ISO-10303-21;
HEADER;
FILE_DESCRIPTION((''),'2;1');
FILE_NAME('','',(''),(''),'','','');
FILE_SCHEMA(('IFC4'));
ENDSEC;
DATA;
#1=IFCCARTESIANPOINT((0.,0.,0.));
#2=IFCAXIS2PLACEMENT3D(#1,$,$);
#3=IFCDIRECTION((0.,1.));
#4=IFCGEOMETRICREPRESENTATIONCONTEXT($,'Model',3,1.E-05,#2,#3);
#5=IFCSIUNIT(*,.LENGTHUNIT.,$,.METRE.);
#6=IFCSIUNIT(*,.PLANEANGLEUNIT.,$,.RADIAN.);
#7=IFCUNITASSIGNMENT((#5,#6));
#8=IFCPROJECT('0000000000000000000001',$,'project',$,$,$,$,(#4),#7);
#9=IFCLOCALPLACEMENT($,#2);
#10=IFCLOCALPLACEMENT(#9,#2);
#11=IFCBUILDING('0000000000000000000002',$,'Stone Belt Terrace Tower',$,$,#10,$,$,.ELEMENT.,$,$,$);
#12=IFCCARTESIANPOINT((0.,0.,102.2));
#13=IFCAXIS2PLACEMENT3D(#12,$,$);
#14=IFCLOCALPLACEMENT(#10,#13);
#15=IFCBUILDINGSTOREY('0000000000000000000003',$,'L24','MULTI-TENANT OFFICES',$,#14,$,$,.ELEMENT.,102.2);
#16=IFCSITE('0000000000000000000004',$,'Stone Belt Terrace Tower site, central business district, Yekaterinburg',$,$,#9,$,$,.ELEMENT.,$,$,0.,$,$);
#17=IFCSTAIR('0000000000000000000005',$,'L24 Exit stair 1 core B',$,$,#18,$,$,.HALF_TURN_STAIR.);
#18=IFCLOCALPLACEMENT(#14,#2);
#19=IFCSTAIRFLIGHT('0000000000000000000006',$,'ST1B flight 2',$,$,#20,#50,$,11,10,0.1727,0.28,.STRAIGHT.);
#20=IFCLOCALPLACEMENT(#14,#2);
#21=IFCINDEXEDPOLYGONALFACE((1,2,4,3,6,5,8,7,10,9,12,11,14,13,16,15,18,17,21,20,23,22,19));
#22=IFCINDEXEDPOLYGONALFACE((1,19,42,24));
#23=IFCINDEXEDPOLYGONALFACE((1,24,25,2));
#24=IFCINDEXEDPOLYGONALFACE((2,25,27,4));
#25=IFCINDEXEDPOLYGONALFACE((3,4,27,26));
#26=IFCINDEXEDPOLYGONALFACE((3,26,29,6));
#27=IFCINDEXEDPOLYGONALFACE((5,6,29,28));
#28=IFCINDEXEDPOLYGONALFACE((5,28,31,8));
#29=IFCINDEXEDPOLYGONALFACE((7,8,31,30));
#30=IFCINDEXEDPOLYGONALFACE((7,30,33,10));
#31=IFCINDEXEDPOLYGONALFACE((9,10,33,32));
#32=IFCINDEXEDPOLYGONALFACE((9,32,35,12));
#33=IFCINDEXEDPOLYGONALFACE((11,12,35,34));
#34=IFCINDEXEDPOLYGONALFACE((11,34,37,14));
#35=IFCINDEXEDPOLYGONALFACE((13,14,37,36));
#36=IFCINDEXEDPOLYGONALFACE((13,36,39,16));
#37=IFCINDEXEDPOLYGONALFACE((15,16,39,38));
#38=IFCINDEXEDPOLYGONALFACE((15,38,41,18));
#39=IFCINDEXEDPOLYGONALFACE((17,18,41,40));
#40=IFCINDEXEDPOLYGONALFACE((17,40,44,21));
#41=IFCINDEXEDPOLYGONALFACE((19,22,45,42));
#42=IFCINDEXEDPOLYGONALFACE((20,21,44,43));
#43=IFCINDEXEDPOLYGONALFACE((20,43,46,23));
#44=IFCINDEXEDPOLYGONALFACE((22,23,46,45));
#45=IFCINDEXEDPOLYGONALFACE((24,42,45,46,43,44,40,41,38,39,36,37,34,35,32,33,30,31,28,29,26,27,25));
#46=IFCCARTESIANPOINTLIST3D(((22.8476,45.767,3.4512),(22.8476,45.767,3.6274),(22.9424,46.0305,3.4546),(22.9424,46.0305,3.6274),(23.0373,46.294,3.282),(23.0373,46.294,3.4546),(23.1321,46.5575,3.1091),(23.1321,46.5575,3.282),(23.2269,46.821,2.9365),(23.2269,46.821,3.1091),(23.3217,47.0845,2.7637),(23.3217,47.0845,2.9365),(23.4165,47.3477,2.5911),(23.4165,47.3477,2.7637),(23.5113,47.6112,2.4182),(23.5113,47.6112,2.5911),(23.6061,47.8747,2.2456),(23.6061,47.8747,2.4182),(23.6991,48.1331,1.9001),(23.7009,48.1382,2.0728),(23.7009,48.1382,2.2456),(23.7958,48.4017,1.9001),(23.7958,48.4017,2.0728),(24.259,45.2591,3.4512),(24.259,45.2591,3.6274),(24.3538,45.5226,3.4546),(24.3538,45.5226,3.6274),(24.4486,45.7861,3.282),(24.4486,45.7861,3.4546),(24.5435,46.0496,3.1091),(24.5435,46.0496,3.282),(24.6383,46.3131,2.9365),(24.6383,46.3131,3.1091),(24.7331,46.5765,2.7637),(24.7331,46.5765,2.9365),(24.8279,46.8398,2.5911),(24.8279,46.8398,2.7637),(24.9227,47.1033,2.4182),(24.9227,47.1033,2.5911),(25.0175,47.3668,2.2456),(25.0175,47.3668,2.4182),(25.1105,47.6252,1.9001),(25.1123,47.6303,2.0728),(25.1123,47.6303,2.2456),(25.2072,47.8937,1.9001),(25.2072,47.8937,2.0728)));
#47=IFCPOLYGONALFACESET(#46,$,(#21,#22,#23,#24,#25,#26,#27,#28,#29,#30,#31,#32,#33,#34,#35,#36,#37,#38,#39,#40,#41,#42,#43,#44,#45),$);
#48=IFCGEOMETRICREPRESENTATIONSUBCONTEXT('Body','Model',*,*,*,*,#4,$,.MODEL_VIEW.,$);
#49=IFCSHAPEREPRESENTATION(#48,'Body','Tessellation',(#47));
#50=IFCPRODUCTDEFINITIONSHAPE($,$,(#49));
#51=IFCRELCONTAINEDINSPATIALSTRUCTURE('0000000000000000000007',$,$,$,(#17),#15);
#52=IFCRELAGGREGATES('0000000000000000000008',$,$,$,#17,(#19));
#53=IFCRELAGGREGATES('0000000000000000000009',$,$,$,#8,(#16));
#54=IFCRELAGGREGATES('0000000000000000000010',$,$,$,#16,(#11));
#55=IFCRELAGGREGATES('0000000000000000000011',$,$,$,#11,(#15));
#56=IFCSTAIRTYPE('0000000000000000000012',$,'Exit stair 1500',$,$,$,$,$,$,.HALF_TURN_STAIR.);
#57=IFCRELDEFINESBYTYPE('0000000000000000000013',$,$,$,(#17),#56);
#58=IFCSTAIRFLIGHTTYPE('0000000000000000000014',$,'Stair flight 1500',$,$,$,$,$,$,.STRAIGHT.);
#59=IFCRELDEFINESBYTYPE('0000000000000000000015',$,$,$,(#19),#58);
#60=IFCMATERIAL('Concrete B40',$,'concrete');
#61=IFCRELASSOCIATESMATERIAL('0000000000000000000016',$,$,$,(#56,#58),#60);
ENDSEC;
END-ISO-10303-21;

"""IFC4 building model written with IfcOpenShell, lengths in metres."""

from ifc_helpers import new_model, si_unit, direction, frame, origin, place, context, subcontext, project, spatial, polyline, outline, extrude, material, type_object, element, aggregate, save


model = new_model("IFC4")

# Units and contexts
model_context = context("Model", 3, precision=1e-05, world=origin(), true_north=direction((0.0, 1.0)))
body_context = subcontext(model_context, "Body", "Model", "MODEL_VIEW")
ifc_project = project(units=[si_unit("LENGTHUNIT", "METRE"), si_unit("PLANEANGLEUNIT", "RADIAN")], contexts=[model_context])

# Site, building, storey
site_placement = place(None, origin())
site = spatial("IfcSite", under=ifc_project, at=site_placement, Name="Stone Belt Terrace Tower site, central business district, Yekaterinburg", CompositionType="ELEMENT", RefElevation=0.0)
building_placement = place(site_placement, origin())
building = spatial("IfcBuilding", under=site, at=building_placement, Name="Stone Belt Terrace Tower", CompositionType="ELEMENT")
storey_placement = place(building_placement, frame((0.0, 0.0, 102.2)))
storey = spatial("IfcBuildingStorey", under=building, at=storey_placement, Name="L24", Description="MULTI-TENANT OFFICES", CompositionType="ELEMENT", Elevation=102.2)

# Stair, stair flight
ifc_material_1 = material(Name="Concrete B40", Category="concrete")
stair_type = type_object("IfcStairType", Name="Exit stair 1500", PredefinedType="HALF_TURN_STAIR", material=ifc_material_1)
stair_placement = place(storey_placement, origin())
stair = element("IfcStair", 1, at=stair_placement, inside=storey, type_object=stair_type, Name="L24 Exit stair 1 core B", PredefinedType="HALF_TURN_STAIR")
stair_flight_type = type_object("IfcStairFlightType", Name="Stair flight 1500", PredefinedType="STRAIGHT", material=ifc_material_1)
stair_flight_1_placement = place(storey_placement, frame((24.5015, 48.1477, 1.9001), z_axis=(0.0, 0.0, 1.0), x_axis=(-0.338624, -0.940922, 0.0)))
stair_flight_1 = element("IfcStairFlight", 2, at=stair_flight_1_placement, type_object=stair_flight_type, Name="ST1B flight 2", NumberOfRisers=11, NumberOfTreads=10, PredefinedType="STRAIGHT", RiserHeight=0.1727, TreadLength=0.28, context=body_context, shape_type="SweptSolid", body=[
    extrude(outline(polyline([(0.0, 0.0), (0.0, 0.1726), (0.28, 0.1726), (0.28, 0.3455), (0.5601, 0.3455), (0.5601, 0.5181), (0.8401, 0.5181), (0.8401, 0.6909), (1.1201, 0.6909), (1.1201, 0.8635), (1.3999, 0.8635), (1.3999, 1.0364), (1.6799, 1.0364), (1.6799, 1.209), (1.96, 1.209), (1.96, 1.3818), (2.24, 1.3818), (2.24, 1.5544), (2.52, 1.5544), (2.52, 1.7273), (2.8, 1.7273), (2.8, 1.8999), (2.8, 1.551), (0.2854, 0.0), (0.0, 0.0)])), frame((0.0, 0.75, 0.0), z_axis=(0.0, -1.0, 0.0), x_axis=(1.0, 0.0, 0.0)), (0.0, 0.0, 1.0), 1.5),
])
aggregate(stair, [stair_flight_1])

save(model, "model.ifc")
